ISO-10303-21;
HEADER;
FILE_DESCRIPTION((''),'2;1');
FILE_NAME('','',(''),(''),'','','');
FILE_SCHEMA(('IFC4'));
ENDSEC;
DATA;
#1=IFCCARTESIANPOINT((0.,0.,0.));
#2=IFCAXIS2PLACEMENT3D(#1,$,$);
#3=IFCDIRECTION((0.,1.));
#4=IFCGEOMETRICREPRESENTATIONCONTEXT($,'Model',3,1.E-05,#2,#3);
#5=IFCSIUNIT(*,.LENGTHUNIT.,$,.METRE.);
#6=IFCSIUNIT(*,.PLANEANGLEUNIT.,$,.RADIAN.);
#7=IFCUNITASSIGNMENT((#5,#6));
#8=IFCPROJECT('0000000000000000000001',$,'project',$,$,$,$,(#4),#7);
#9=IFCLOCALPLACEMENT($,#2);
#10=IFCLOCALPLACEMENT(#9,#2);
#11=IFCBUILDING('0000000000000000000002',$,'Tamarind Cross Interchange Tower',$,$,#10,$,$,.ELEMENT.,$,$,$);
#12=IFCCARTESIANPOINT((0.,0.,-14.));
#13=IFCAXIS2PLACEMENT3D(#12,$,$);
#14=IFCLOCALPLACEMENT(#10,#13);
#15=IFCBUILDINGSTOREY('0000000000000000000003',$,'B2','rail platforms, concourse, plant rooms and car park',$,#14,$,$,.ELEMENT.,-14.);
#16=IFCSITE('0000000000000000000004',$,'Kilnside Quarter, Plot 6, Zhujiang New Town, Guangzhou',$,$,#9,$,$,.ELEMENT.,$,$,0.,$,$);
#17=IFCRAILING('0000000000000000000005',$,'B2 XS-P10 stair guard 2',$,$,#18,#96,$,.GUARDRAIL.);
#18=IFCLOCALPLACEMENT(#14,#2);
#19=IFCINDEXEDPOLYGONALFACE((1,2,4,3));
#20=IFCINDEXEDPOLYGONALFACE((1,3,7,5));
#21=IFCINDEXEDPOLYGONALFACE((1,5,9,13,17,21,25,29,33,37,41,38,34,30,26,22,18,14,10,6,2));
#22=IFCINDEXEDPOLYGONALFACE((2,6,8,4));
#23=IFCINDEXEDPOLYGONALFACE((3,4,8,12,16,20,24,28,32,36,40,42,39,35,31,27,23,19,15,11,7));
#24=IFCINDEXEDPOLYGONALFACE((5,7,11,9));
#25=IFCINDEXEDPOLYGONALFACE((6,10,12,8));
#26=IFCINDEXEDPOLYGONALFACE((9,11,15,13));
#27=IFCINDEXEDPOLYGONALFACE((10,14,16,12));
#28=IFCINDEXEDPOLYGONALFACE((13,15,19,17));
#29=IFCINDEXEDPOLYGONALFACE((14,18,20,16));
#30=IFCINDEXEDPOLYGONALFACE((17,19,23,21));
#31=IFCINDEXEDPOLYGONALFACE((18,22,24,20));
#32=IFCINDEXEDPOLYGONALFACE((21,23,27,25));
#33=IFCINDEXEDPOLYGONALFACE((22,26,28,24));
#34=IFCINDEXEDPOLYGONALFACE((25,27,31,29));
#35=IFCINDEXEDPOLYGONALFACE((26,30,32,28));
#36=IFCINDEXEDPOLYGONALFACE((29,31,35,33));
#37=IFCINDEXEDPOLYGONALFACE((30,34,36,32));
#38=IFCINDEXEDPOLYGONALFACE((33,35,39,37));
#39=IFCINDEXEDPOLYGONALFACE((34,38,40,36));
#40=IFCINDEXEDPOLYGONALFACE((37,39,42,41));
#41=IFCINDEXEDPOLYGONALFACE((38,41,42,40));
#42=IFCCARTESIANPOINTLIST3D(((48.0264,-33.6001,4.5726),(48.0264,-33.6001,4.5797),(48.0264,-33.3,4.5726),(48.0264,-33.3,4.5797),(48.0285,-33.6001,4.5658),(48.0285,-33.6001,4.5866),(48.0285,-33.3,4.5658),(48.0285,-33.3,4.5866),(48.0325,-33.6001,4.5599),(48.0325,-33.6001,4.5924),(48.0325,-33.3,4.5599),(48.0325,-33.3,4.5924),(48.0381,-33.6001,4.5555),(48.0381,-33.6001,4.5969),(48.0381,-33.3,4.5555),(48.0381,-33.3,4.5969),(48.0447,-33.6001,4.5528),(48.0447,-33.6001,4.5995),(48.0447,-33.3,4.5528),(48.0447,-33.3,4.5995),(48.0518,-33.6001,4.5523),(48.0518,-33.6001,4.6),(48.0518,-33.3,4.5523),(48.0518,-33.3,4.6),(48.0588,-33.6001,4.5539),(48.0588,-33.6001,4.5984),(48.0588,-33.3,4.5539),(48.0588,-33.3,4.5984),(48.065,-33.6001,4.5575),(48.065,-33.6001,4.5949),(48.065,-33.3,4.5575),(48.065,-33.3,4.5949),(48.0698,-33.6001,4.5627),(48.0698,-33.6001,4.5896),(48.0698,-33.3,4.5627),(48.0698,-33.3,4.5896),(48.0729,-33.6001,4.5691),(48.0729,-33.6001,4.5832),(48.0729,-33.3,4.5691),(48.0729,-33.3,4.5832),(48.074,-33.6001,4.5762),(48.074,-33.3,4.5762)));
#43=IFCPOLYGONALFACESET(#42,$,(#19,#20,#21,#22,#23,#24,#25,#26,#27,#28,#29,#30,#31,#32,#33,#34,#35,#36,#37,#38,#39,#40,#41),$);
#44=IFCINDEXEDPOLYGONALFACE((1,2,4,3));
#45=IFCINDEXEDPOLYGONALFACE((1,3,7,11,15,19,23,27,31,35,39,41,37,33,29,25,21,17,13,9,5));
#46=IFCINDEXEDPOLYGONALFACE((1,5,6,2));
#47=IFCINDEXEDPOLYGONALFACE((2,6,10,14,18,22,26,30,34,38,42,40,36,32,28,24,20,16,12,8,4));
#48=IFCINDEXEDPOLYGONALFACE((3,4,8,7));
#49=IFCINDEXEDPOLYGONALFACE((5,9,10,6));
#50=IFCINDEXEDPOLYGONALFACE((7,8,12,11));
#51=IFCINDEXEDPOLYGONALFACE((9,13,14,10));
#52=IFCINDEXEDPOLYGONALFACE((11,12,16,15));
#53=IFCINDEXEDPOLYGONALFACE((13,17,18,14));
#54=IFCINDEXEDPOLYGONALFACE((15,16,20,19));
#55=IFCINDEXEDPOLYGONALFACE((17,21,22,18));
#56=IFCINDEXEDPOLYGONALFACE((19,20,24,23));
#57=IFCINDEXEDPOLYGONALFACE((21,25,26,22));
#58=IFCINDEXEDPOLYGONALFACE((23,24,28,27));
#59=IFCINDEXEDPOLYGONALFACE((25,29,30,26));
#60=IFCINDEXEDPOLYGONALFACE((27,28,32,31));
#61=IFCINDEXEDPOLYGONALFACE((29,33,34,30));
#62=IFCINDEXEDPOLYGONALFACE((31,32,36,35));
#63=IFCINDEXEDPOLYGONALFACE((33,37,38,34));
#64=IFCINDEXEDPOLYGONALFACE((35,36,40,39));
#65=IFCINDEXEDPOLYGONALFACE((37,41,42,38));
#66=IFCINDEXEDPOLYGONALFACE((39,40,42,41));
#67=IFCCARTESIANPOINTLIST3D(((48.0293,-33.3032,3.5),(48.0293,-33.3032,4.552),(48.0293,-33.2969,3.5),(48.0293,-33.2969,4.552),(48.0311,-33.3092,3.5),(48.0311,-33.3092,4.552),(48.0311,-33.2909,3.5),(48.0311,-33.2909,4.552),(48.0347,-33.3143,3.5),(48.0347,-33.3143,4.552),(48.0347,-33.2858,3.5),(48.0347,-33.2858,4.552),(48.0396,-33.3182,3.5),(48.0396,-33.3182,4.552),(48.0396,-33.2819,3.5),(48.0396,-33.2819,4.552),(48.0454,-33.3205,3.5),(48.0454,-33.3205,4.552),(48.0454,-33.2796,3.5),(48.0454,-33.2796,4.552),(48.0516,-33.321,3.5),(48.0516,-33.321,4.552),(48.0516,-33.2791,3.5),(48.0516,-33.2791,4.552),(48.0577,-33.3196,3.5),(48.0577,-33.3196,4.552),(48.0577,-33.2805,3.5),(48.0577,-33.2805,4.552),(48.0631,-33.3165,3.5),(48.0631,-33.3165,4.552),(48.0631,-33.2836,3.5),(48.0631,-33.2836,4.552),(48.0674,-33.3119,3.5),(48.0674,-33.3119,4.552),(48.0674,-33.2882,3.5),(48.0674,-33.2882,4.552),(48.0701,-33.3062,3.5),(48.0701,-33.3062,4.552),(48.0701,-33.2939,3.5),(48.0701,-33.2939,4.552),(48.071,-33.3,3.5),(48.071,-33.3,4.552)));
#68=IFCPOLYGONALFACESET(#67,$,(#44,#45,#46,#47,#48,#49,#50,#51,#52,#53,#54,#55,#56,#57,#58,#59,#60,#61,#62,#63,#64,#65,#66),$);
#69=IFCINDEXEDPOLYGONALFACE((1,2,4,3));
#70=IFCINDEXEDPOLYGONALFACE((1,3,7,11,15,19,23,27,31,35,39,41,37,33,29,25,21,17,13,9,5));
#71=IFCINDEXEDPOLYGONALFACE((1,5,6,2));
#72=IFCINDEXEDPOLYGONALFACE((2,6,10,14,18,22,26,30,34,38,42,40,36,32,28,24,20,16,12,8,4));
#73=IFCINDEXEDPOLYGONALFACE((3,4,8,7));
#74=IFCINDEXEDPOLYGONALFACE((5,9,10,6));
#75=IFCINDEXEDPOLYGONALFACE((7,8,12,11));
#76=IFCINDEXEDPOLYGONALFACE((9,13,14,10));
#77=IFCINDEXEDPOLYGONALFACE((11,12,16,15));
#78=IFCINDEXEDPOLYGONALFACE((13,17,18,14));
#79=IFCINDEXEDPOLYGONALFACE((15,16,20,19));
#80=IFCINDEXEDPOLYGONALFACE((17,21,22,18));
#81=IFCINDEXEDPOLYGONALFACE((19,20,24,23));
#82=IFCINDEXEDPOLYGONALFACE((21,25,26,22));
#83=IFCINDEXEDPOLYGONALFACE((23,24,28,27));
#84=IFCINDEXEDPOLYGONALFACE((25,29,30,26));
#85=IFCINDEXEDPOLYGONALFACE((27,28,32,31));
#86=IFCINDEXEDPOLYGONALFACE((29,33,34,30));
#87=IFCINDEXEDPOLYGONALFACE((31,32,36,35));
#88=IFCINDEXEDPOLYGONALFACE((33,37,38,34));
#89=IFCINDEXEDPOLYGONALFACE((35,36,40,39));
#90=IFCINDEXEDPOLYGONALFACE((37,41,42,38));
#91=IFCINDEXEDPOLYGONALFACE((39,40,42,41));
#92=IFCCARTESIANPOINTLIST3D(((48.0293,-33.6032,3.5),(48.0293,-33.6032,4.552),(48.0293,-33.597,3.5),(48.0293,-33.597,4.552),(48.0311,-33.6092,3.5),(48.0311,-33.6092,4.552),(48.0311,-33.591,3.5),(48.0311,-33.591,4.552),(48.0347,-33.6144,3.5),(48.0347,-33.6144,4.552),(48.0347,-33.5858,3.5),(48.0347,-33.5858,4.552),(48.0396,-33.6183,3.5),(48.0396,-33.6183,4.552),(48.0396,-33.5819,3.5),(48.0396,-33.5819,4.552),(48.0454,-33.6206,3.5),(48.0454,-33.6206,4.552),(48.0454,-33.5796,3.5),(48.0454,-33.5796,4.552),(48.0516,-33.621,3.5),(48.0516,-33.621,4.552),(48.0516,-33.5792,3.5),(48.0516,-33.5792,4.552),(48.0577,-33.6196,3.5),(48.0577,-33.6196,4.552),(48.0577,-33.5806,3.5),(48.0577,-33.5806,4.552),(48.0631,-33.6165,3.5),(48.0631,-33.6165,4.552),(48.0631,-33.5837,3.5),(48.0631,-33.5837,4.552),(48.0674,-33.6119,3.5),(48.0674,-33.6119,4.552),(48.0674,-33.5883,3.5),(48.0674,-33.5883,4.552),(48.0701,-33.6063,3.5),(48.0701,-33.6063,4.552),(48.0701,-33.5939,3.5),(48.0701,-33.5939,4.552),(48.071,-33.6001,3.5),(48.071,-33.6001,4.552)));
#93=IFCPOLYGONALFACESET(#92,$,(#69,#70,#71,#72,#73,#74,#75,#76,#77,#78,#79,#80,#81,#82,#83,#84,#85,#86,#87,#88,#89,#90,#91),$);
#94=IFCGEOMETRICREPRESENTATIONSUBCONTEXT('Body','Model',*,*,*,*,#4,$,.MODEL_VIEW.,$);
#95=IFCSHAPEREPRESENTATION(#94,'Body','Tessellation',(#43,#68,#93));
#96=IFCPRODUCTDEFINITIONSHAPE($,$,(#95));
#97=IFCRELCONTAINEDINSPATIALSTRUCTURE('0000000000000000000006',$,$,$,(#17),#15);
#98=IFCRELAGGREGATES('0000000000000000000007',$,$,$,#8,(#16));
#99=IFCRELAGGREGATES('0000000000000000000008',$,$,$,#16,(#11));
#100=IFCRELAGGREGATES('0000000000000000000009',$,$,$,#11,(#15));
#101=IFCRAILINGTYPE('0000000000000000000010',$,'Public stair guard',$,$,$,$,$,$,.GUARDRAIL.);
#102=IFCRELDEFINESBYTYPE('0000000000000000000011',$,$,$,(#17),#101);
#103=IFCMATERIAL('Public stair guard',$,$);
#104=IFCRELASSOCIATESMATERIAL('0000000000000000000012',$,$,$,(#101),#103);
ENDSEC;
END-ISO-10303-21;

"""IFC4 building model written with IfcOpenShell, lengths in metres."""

from ifc_helpers import new_model, si_unit, direction, frame, origin, origin_2d, place, context, subcontext, project, spatial, circle, extrude, material, type_object, element, save


model = new_model("IFC4")

# Units and contexts
model_context = context("Model", 3, precision=1e-05, world=origin(), true_north=direction((0.0, 1.0)))
body_context = subcontext(model_context, "Body", "Model", "MODEL_VIEW")
ifc_project = project(units=[si_unit("LENGTHUNIT", "METRE"), si_unit("PLANEANGLEUNIT", "RADIAN")], contexts=[model_context])

# Site, building, storey
site_placement = place(None, origin())
site = spatial("IfcSite", under=ifc_project, at=site_placement, Name="Kilnside Quarter, Plot 6, Zhujiang New Town, Guangzhou", CompositionType="ELEMENT", RefElevation=0.0)
building_placement = place(site_placement, origin())
building = spatial("IfcBuilding", under=site, at=building_placement, Name="Tamarind Cross Interchange Tower", CompositionType="ELEMENT")
storey_placement = place(building_placement, frame((0.0, 0.0, -14.0)))
storey = spatial("IfcBuildingStorey", under=building, at=storey_placement, Name="B2", Description="rail platforms, concourse, plant rooms and car park", CompositionType="ELEMENT", Elevation=-14.0)

# Railing
ifc_material_1 = material(Name="Public stair guard")
railing_type_1 = type_object("IfcRailingType", Name="Public stair guard", PredefinedType="GUARDRAIL", material=ifc_material_1)
railing_1_placement = place(storey_placement, frame((48.05, -33.3, 3.5)))
element("IfcRailing", 1, at=railing_1_placement, inside=storey, type_object=railing_type_1, Name="B2 XS-P10 stair guard 2", PredefinedType="GUARDRAIL", context=body_context, shape_type="SweptSolid", body=[
    extrude(circle(Radius=0.0239, at=origin_2d()), frame((0.0, 0.0, 1.0762), z_axis=(0.0, -1.0, 0.0), x_axis=(1.0, 0.0, 0.0)), (0.0, 0.0, 1.0), 0.3),
    extrude(circle(Radius=0.021, at=origin_2d()), origin(), (0.0, 0.0, 1.0), 1.052),
    extrude(circle(Radius=0.021, at=origin_2d()), frame((0.0, -0.3, 0.0)), (0.0, 0.0, 1.0), 1.052),
])

save(model, "model.ifc")
